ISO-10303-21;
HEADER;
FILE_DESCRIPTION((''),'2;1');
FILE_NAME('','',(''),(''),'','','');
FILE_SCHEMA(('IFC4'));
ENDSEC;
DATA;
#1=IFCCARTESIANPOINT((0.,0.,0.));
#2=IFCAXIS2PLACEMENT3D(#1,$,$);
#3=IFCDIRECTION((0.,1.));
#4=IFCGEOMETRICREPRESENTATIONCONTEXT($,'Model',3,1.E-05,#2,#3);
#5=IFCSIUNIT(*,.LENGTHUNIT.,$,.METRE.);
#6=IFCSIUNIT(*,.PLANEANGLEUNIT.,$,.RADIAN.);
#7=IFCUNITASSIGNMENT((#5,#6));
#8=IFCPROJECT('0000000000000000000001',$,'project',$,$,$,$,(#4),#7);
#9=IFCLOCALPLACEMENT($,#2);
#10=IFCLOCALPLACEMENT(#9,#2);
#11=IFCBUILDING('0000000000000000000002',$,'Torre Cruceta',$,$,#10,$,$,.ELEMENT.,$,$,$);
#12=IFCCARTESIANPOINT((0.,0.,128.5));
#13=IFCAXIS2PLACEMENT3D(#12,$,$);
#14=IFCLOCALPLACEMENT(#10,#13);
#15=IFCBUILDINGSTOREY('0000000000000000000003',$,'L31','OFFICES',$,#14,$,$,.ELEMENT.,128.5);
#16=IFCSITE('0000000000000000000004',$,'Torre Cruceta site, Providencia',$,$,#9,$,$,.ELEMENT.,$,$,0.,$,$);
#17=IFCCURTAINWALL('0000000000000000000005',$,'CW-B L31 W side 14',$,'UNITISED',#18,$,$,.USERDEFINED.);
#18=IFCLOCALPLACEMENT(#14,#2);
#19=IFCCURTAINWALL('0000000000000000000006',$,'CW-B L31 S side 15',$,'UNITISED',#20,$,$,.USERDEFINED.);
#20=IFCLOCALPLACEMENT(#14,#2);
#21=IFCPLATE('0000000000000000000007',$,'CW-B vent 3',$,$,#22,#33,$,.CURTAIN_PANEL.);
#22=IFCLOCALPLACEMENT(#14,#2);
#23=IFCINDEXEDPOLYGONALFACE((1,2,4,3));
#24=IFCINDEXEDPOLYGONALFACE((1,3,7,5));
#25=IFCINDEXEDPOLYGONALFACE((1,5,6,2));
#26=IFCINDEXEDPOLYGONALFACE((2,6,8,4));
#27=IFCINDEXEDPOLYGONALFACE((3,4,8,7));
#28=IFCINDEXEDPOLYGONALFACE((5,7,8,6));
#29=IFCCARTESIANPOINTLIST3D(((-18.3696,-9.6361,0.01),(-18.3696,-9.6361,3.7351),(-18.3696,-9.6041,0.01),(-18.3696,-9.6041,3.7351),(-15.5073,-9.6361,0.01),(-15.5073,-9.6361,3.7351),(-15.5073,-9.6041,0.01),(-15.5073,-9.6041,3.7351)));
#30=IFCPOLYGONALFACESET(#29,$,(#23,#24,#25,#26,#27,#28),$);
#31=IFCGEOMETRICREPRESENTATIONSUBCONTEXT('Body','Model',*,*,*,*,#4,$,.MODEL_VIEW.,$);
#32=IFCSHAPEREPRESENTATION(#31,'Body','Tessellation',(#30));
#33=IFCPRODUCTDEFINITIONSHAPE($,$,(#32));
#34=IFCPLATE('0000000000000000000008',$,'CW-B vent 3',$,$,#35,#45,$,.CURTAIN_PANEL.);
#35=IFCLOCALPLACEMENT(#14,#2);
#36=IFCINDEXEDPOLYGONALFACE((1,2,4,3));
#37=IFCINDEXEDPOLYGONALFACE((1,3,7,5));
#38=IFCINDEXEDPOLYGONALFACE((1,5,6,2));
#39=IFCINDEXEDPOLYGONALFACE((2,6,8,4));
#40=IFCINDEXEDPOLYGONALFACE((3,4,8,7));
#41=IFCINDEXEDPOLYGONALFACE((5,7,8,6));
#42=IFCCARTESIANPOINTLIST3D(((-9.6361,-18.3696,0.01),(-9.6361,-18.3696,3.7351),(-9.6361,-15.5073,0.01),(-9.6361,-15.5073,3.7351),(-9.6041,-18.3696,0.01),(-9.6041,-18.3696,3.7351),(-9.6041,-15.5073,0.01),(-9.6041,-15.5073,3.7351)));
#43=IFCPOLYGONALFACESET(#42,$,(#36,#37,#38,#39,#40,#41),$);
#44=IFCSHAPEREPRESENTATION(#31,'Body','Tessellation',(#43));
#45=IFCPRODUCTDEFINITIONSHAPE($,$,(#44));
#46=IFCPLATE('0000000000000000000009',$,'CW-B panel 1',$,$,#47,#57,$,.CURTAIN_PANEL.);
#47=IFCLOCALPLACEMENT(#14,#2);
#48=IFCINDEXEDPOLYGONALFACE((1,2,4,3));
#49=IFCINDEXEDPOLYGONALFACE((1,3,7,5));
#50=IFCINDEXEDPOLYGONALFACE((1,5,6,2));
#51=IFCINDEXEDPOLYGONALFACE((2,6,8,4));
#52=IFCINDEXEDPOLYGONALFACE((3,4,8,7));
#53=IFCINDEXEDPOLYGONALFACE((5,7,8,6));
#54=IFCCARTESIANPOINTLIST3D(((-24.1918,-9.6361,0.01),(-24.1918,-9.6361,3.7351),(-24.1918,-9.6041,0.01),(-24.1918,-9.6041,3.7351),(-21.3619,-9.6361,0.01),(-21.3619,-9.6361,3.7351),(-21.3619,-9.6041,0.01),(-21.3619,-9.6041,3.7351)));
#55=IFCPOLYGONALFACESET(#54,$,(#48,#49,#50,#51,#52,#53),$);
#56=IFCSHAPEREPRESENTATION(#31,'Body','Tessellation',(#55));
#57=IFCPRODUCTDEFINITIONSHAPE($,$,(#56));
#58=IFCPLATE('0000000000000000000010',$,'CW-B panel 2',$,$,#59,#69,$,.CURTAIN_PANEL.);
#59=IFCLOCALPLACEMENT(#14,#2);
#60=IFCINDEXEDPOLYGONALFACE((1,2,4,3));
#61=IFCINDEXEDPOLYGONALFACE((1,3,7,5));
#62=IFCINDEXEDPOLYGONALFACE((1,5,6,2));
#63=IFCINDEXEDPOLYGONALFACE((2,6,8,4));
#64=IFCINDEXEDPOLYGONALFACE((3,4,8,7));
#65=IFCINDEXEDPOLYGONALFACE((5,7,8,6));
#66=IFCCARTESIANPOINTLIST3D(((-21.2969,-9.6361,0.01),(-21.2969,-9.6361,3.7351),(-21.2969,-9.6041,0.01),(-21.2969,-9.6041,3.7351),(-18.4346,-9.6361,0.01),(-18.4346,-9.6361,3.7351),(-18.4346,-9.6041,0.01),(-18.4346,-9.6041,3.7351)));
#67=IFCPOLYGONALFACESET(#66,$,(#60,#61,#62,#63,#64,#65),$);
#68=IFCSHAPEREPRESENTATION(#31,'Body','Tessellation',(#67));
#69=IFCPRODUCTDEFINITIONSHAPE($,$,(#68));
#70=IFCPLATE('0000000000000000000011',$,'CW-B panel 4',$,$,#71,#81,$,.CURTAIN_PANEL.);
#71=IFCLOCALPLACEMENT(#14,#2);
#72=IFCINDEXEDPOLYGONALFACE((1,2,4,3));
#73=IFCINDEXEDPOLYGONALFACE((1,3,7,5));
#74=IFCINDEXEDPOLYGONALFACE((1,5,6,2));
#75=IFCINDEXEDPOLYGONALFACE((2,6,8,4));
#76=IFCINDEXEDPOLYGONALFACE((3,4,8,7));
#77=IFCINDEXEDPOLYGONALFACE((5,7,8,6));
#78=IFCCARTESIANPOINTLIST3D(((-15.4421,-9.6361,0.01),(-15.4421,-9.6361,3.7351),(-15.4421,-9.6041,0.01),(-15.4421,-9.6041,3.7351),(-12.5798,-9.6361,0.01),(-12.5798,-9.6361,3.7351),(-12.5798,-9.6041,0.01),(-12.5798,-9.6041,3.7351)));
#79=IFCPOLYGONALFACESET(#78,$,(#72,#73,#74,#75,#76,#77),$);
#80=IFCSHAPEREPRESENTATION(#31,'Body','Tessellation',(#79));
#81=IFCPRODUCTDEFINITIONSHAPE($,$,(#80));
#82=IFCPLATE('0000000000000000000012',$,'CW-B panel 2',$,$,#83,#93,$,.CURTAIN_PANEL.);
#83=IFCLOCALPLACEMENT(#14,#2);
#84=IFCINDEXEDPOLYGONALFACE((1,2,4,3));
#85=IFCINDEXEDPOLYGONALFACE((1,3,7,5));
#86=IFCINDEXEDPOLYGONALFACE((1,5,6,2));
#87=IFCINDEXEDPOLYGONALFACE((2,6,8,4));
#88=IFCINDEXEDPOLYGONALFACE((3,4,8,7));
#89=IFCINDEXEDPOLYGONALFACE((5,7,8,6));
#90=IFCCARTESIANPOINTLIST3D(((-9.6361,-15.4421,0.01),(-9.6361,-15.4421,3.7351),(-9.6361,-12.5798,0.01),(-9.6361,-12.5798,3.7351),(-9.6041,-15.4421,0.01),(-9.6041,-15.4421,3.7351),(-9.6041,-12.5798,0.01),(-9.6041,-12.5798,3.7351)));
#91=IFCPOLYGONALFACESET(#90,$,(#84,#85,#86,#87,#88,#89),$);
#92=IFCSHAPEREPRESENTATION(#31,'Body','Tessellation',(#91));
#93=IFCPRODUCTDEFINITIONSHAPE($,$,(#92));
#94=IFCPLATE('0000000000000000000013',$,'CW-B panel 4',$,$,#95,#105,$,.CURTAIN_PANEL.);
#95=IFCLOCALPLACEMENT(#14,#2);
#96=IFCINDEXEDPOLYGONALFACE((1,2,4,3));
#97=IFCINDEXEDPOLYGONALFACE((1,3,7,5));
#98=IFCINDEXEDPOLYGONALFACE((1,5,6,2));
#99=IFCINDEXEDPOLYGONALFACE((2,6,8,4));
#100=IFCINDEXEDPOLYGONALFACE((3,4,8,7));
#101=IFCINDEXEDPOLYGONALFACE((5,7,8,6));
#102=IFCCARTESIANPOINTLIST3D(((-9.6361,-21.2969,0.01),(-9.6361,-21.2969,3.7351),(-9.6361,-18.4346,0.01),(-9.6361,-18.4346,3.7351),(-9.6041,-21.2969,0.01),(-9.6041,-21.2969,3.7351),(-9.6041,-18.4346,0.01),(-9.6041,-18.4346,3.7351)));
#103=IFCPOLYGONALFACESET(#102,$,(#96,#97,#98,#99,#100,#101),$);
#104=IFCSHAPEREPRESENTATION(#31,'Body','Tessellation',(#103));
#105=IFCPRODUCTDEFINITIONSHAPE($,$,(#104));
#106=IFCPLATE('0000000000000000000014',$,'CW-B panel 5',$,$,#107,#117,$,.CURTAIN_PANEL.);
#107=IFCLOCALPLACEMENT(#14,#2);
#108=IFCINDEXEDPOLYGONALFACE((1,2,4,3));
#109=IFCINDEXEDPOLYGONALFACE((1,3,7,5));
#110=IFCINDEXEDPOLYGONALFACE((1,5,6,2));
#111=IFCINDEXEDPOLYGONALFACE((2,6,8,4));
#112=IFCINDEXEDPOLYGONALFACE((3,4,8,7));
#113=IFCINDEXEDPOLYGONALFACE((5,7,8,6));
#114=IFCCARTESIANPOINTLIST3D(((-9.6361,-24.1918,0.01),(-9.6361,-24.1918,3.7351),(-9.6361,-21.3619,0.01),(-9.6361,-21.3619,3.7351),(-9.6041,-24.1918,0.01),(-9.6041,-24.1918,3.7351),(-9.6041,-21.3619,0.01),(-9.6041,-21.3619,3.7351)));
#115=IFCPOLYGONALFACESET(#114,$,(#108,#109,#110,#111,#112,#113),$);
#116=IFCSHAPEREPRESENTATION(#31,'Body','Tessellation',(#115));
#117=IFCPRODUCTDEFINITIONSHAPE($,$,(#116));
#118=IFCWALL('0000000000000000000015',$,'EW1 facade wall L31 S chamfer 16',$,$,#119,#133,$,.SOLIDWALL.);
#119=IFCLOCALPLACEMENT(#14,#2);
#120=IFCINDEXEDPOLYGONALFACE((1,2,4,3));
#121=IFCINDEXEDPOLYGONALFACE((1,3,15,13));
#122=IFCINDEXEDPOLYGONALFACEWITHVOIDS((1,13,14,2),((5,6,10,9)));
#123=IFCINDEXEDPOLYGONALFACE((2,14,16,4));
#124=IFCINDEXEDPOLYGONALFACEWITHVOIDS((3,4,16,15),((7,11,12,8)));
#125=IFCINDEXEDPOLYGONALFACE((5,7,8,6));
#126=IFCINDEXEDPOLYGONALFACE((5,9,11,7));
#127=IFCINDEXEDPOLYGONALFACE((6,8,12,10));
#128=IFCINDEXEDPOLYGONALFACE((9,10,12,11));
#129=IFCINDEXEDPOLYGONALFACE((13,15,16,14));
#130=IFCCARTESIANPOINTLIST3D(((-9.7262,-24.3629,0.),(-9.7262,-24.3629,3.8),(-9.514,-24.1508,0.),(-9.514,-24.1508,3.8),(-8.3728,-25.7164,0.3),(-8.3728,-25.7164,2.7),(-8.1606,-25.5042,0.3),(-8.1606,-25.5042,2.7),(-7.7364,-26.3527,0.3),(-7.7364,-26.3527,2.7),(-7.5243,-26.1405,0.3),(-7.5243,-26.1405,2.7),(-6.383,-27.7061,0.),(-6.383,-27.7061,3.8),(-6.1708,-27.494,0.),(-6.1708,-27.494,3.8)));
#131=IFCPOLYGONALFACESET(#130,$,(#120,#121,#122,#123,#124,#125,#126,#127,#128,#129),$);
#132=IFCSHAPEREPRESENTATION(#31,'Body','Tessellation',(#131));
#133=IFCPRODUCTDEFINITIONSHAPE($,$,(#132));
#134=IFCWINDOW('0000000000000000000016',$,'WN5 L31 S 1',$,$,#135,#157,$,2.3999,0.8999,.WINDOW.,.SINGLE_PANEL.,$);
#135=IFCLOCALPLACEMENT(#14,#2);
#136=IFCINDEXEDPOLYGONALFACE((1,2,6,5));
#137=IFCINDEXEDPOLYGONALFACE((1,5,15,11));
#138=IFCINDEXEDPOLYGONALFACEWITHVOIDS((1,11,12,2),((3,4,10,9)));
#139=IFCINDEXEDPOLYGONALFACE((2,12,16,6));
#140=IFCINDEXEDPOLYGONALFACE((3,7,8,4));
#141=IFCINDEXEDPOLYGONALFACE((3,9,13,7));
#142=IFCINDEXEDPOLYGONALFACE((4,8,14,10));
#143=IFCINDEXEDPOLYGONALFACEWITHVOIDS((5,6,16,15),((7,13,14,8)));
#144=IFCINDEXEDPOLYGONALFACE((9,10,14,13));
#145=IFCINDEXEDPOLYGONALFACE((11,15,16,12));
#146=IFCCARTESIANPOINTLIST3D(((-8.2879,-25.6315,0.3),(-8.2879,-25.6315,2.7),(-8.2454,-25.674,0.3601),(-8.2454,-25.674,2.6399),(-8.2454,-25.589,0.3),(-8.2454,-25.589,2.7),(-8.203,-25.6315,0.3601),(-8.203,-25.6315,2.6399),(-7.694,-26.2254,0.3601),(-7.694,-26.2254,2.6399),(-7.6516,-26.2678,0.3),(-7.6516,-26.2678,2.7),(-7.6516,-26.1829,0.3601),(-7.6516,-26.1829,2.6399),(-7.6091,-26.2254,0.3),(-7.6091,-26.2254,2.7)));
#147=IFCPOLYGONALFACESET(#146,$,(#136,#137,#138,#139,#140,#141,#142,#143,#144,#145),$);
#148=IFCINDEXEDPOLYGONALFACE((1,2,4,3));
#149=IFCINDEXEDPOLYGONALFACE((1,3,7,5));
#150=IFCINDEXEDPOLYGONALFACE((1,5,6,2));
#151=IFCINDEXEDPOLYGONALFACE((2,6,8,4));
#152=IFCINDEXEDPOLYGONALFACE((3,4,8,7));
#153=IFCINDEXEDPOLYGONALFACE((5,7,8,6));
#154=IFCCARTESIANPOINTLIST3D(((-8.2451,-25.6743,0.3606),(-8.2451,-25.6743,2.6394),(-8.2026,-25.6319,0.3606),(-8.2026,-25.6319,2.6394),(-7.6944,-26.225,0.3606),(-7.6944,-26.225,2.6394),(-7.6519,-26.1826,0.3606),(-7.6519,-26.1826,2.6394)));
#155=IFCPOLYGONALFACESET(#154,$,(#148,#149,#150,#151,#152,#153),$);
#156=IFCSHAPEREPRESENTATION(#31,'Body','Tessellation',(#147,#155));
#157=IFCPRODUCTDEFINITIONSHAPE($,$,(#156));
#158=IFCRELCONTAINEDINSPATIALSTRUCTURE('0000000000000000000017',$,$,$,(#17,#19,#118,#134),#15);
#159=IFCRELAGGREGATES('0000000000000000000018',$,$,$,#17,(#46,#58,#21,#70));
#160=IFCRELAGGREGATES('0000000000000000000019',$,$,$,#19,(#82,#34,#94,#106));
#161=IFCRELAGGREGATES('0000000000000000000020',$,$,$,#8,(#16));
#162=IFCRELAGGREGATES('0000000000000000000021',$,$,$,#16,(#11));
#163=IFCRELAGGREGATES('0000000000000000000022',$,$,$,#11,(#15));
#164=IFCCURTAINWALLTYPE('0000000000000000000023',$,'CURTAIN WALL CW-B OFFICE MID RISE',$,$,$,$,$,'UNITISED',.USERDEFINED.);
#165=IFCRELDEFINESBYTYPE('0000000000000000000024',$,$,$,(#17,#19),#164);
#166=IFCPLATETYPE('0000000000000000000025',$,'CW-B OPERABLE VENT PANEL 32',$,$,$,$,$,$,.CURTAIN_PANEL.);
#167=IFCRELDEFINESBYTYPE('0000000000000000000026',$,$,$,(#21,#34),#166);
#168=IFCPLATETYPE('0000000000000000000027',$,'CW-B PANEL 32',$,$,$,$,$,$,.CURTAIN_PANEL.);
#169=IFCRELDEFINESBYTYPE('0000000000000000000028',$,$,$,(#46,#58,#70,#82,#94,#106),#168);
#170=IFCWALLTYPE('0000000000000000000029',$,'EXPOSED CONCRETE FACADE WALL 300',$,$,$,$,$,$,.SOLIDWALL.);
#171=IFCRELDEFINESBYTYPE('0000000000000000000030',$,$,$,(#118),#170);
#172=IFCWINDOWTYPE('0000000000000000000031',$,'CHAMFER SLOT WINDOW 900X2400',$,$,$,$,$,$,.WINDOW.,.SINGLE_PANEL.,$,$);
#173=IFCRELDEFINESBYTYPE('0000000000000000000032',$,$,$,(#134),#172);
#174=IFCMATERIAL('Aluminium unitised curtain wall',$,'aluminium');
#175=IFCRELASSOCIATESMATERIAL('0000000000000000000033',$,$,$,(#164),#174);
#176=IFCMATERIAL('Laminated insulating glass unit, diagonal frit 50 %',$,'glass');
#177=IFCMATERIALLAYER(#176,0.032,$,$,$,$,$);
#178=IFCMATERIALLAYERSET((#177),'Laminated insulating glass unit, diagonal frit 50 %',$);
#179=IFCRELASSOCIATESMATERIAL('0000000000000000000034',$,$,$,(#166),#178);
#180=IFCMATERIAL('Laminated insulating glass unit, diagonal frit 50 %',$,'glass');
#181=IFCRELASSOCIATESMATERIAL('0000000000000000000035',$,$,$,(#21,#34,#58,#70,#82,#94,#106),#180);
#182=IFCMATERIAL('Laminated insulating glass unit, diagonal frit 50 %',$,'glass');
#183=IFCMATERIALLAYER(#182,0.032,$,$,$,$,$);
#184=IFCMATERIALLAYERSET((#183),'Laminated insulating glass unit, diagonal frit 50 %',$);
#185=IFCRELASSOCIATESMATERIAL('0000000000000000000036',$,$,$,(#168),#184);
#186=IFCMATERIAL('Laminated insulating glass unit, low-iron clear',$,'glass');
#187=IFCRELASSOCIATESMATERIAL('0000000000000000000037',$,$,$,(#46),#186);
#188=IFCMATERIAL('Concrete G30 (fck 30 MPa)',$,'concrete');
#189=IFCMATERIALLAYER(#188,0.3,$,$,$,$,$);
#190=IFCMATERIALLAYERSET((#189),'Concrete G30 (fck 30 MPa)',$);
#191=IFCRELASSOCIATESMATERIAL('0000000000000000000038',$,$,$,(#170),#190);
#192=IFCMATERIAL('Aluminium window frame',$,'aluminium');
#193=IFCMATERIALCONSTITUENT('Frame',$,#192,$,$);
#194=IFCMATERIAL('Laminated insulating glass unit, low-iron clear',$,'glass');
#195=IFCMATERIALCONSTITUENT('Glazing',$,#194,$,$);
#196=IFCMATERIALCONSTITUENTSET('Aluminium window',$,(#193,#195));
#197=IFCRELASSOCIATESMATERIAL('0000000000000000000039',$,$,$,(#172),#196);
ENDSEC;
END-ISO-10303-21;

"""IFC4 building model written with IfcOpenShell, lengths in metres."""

from ifc_helpers import new_model, si_unit, direction, frame, frame_2d, origin, origin_2d, place, context, subcontext, project, spatial, rectangle, hollow_rectangle, extrude, material, layer, layer_set, constituent, constituent_set, type_object, element, fill, aggregate, save


model = new_model("IFC4")

# Units and contexts
model_context = context("Model", 3, precision=1e-05, world=origin(), true_north=direction((0.0, 1.0)))
body_context = subcontext(model_context, "Body", "Model", "MODEL_VIEW")
ifc_project = project(units=[si_unit("LENGTHUNIT", "METRE"), si_unit("PLANEANGLEUNIT", "RADIAN")], contexts=[model_context])

# Site, building, storey
site_placement = place(None, origin())
site = spatial("IfcSite", under=ifc_project, at=site_placement, Name="Torre Cruceta site, Providencia", CompositionType="ELEMENT", RefElevation=0.0)
building_placement = place(site_placement, origin())
building = spatial("IfcBuilding", under=site, at=building_placement, Name="Torre Cruceta", CompositionType="ELEMENT")
storey_placement = place(building_placement, frame((0.0, 0.0, 128.5)))
storey = spatial("IfcBuildingStorey", under=building, at=storey_placement, Name="L31", Description="OFFICES", CompositionType="ELEMENT", Elevation=128.5)

# Curtain walls
ifc_material_1 = material(Name="Aluminium unitised curtain wall", Category="aluminium")
curtain_wall_type = type_object("IfcCurtainWallType", Name="CURTAIN WALL CW-B OFFICE MID RISE", ElementType="UNITISED", PredefinedType="USERDEFINED", material=ifc_material_1)
curtain_wall_1_placement = place(storey_placement, origin())
curtain_wall_1 = element("IfcCurtainWall", 1, at=curtain_wall_1_placement, inside=storey, type_object=curtain_wall_type, Name="CW-B L31 W side 14", ObjectType="UNITISED", PredefinedType="USERDEFINED")
curtain_wall_2_placement = place(storey_placement, origin())
curtain_wall_2 = element("IfcCurtainWall", 2, at=curtain_wall_2_placement, inside=storey, type_object=curtain_wall_type, Name="CW-B L31 S side 15", ObjectType="UNITISED", PredefinedType="USERDEFINED")

# Plates
ifc_material_2 = material(Name="Laminated insulating glass unit, diagonal frit 50 %", Category="glass")
ifc_material_3 = material(Name="Laminated insulating glass unit, diagonal frit 50 %", Category="glass")
ifc_layer_1 = layer(ifc_material_3, 0.032)
ifc_layer_set_1 = layer_set([ifc_layer_1], Name="Laminated insulating glass unit, diagonal frit 50 %")
plate_type_1 = type_object("IfcPlateType", Name="CW-B OPERABLE VENT PANEL 32", PredefinedType="CURTAIN_PANEL", material=ifc_layer_set_1)
plate_1_placement = place(storey_placement, frame((-16.9385, -9.6201, 0.01), z_axis=(0.0, 0.0, 1.0), x_axis=(1.0, 0.0, 0.0)))
plate_1 = element("IfcPlate", 3, at=plate_1_placement, type_object=plate_type_1, material=ifc_material_2, Name="CW-B vent 3", PredefinedType="CURTAIN_PANEL", context=body_context, shape_type="SweptSolid", body=[
    extrude(rectangle(XDim=2.8623, YDim=0.032, at=origin_2d()), origin(), (0.0, 0.0, 1.0), 3.7251),
])
plate_2_placement = place(storey_placement, frame((-9.6201, -16.9385, 0.01), z_axis=(0.0, 0.0, 1.0), x_axis=(0.0, -1.0, 0.0)))
plate_2 = element("IfcPlate", 4, at=plate_2_placement, type_object=plate_type_1, material=ifc_material_2, Name="CW-B vent 3", PredefinedType="CURTAIN_PANEL", context=body_context, shape_type="SweptSolid", body=[
    extrude(rectangle(XDim=2.8623, YDim=0.032, at=origin_2d()), origin(), (0.0, 0.0, 1.0), 3.7251),
])
ifc_material_4 = material(Name="Laminated insulating glass unit, low-iron clear", Category="glass")
ifc_material_5 = material(Name="Laminated insulating glass unit, diagonal frit 50 %", Category="glass")
ifc_layer_2 = layer(ifc_material_5, 0.032)
ifc_layer_set_2 = layer_set([ifc_layer_2], Name="Laminated insulating glass unit, diagonal frit 50 %")
plate_type_2 = type_object("IfcPlateType", Name="CW-B PANEL 32", PredefinedType="CURTAIN_PANEL", material=ifc_layer_set_2)
plate_3_placement = place(storey_placement, frame((-22.7769, -9.6201, 0.01), z_axis=(0.0, 0.0, 1.0), x_axis=(1.0, 0.0, 0.0)))
plate_3 = element("IfcPlate", 5, at=plate_3_placement, type_object=plate_type_2, material=ifc_material_4, Name="CW-B panel 1", PredefinedType="CURTAIN_PANEL", context=body_context, shape_type="SweptSolid", body=[
    extrude(rectangle(XDim=2.8298, YDim=0.032, at=origin_2d()), origin(), (0.0, 0.0, 1.0), 3.7251),
])
plate_4_placement = place(storey_placement, frame((-19.8657, -9.6201, 0.01), z_axis=(0.0, 0.0, 1.0), x_axis=(1.0, 0.0, 0.0)))
plate_4 = element("IfcPlate", 6, at=plate_4_placement, type_object=plate_type_2, material=ifc_material_2, Name="CW-B panel 2", PredefinedType="CURTAIN_PANEL", context=body_context, shape_type="SweptSolid", body=[
    extrude(rectangle(XDim=2.8623, YDim=0.032, at=origin_2d()), origin(), (0.0, 0.0, 1.0), 3.7251),
])
plate_5_placement = place(storey_placement, frame((-14.011, -9.6201, 0.01), z_axis=(0.0, 0.0, 1.0), x_axis=(1.0, 0.0, 0.0)))
plate_5 = element("IfcPlate", 7, at=plate_5_placement, type_object=plate_type_2, material=ifc_material_2, Name="CW-B panel 4", PredefinedType="CURTAIN_PANEL", context=body_context, shape_type="SweptSolid", body=[
    extrude(rectangle(XDim=2.8623, YDim=0.032, at=origin_2d()), origin(), (0.0, 0.0, 1.0), 3.7251),
])
aggregate(curtain_wall_1, [plate_3, plate_4, plate_1, plate_5])
plate_6_placement = place(storey_placement, frame((-9.6201, -14.011, 0.01), z_axis=(0.0, 0.0, 1.0), x_axis=(0.0, -1.0, 0.0)))
plate_6 = element("IfcPlate", 8, at=plate_6_placement, type_object=plate_type_2, material=ifc_material_2, Name="CW-B panel 2", PredefinedType="CURTAIN_PANEL", context=body_context, shape_type="SweptSolid", body=[
    extrude(rectangle(XDim=2.8623, YDim=0.032, at=origin_2d()), origin(), (0.0, 0.0, 1.0), 3.7251),
])
plate_7_placement = place(storey_placement, frame((-9.6201, -19.8657, 0.01), z_axis=(0.0, 0.0, 1.0), x_axis=(0.0, -1.0, 0.0)))
plate_7 = element("IfcPlate", 9, at=plate_7_placement, type_object=plate_type_2, material=ifc_material_2, Name="CW-B panel 4", PredefinedType="CURTAIN_PANEL", context=body_context, shape_type="SweptSolid", body=[
    extrude(rectangle(XDim=2.8623, YDim=0.032, at=origin_2d()), origin(), (0.0, 0.0, 1.0), 3.7251),
])
plate_8_placement = place(storey_placement, frame((-9.6201, -22.7769, 0.01), z_axis=(0.0, 0.0, 1.0), x_axis=(0.0, -1.0, 0.0)))
plate_8 = element("IfcPlate", 10, at=plate_8_placement, type_object=plate_type_2, material=ifc_material_2, Name="CW-B panel 5", PredefinedType="CURTAIN_PANEL", context=body_context, shape_type="SweptSolid", body=[
    extrude(rectangle(XDim=2.8298, YDim=0.032, at=origin_2d()), origin(), (0.0, 0.0, 1.0), 3.7251),
])
aggregate(curtain_wall_2, [plate_6, plate_2, plate_7, plate_8])

# Wall, opening, window
ifc_material_6 = material(Name="Concrete G30 (fck 30 MPa)", Category="concrete")
ifc_layer_3 = layer(ifc_material_6, 0.3)
ifc_layer_set_3 = layer_set([ifc_layer_3], Name="Concrete G30 (fck 30 MPa)")
wall_type = type_object("IfcWallType", Name="EXPOSED CONCRETE FACADE WALL 300", PredefinedType="SOLIDWALL", material=ifc_layer_set_3)
wall_placement = place(storey_placement, frame((-9.6201, -24.2568, 0.0), z_axis=(0.0, 0.0, 1.0), x_axis=(0.707107, -0.707107, 0.0)))
wall = element("IfcWall", 11, at=wall_placement, inside=storey, type_object=wall_type, Name="EW1 facade wall L31 S chamfer 16", PredefinedType="SOLIDWALL", context=body_context, shape_type="SweptSolid", body=[
    extrude(rectangle(XDim=4.728, YDim=0.3, at=frame_2d((2.364, 0.0))), origin(), (0.0, 0.0, 1.0), 3.8),
])
opening_placement = place(wall_placement, frame((1.9141, 0.0, 0.3)))
opening = element("IfcOpeningElement", 12, at=opening_placement, cuts=wall, PredefinedType="OPENING", context=body_context, shape_type="SweptSolid", body=[
    extrude(rectangle(XDim=0.8999, YDim=2.3999, at=frame_2d((0.45, 1.2))), frame((0.0, 0.1599, 0.0), z_axis=(0.0, -1.0, 0.0), x_axis=(1.0, 0.0, 0.0)), (0.0, 0.0, 1.0), 0.3201),
])
ifc_material_7 = material(Name="Aluminium window frame", Category="aluminium")
ifc_constituent_1 = constituent(ifc_material_7, Name="Frame")
ifc_material_8 = material(Name="Laminated insulating glass unit, low-iron clear", Category="glass")
ifc_constituent_2 = constituent(ifc_material_8, Name="Glazing")
ifc_constituent_set = constituent_set(constituents=[ifc_constituent_1, ifc_constituent_2], Name="Aluminium window")
window_type = type_object("IfcWindowType", Name="CHAMFER SLOT WINDOW 900X2400", PartitioningType="SINGLE_PANEL", PredefinedType="WINDOW", material=ifc_constituent_set)
window_placement = place(opening_placement, origin())
window = element("IfcWindow", 13, at=window_placement, inside=storey, type_object=window_type, Name="WN5 L31 S 1", OverallHeight=2.3999, OverallWidth=0.8999, PartitioningType="SINGLE_PANEL", PredefinedType="WINDOW", context=body_context, shape_type="SweptSolid", body=[
    extrude(hollow_rectangle(XDim=0.8999, YDim=2.3999, WallThickness=0.0601, at=frame_2d((0.45, 1.2))), frame((0.0, 0.03, 0.0), z_axis=(0.0, -1.0, 0.0), x_axis=(1.0, 0.0, 0.0)), (0.0, 0.0, 1.0), 0.0601),
    extrude(rectangle(XDim=0.7788, YDim=2.2788, at=frame_2d((0.45, 1.2))), frame((0.0, 0.03, 0.0), z_axis=(0.0, -1.0, 0.0), x_axis=(1.0, 0.0, 0.0)), (0.0, 0.0, 1.0), 0.0601),
])
fill(opening, window)

save(model, "model.ifc")
